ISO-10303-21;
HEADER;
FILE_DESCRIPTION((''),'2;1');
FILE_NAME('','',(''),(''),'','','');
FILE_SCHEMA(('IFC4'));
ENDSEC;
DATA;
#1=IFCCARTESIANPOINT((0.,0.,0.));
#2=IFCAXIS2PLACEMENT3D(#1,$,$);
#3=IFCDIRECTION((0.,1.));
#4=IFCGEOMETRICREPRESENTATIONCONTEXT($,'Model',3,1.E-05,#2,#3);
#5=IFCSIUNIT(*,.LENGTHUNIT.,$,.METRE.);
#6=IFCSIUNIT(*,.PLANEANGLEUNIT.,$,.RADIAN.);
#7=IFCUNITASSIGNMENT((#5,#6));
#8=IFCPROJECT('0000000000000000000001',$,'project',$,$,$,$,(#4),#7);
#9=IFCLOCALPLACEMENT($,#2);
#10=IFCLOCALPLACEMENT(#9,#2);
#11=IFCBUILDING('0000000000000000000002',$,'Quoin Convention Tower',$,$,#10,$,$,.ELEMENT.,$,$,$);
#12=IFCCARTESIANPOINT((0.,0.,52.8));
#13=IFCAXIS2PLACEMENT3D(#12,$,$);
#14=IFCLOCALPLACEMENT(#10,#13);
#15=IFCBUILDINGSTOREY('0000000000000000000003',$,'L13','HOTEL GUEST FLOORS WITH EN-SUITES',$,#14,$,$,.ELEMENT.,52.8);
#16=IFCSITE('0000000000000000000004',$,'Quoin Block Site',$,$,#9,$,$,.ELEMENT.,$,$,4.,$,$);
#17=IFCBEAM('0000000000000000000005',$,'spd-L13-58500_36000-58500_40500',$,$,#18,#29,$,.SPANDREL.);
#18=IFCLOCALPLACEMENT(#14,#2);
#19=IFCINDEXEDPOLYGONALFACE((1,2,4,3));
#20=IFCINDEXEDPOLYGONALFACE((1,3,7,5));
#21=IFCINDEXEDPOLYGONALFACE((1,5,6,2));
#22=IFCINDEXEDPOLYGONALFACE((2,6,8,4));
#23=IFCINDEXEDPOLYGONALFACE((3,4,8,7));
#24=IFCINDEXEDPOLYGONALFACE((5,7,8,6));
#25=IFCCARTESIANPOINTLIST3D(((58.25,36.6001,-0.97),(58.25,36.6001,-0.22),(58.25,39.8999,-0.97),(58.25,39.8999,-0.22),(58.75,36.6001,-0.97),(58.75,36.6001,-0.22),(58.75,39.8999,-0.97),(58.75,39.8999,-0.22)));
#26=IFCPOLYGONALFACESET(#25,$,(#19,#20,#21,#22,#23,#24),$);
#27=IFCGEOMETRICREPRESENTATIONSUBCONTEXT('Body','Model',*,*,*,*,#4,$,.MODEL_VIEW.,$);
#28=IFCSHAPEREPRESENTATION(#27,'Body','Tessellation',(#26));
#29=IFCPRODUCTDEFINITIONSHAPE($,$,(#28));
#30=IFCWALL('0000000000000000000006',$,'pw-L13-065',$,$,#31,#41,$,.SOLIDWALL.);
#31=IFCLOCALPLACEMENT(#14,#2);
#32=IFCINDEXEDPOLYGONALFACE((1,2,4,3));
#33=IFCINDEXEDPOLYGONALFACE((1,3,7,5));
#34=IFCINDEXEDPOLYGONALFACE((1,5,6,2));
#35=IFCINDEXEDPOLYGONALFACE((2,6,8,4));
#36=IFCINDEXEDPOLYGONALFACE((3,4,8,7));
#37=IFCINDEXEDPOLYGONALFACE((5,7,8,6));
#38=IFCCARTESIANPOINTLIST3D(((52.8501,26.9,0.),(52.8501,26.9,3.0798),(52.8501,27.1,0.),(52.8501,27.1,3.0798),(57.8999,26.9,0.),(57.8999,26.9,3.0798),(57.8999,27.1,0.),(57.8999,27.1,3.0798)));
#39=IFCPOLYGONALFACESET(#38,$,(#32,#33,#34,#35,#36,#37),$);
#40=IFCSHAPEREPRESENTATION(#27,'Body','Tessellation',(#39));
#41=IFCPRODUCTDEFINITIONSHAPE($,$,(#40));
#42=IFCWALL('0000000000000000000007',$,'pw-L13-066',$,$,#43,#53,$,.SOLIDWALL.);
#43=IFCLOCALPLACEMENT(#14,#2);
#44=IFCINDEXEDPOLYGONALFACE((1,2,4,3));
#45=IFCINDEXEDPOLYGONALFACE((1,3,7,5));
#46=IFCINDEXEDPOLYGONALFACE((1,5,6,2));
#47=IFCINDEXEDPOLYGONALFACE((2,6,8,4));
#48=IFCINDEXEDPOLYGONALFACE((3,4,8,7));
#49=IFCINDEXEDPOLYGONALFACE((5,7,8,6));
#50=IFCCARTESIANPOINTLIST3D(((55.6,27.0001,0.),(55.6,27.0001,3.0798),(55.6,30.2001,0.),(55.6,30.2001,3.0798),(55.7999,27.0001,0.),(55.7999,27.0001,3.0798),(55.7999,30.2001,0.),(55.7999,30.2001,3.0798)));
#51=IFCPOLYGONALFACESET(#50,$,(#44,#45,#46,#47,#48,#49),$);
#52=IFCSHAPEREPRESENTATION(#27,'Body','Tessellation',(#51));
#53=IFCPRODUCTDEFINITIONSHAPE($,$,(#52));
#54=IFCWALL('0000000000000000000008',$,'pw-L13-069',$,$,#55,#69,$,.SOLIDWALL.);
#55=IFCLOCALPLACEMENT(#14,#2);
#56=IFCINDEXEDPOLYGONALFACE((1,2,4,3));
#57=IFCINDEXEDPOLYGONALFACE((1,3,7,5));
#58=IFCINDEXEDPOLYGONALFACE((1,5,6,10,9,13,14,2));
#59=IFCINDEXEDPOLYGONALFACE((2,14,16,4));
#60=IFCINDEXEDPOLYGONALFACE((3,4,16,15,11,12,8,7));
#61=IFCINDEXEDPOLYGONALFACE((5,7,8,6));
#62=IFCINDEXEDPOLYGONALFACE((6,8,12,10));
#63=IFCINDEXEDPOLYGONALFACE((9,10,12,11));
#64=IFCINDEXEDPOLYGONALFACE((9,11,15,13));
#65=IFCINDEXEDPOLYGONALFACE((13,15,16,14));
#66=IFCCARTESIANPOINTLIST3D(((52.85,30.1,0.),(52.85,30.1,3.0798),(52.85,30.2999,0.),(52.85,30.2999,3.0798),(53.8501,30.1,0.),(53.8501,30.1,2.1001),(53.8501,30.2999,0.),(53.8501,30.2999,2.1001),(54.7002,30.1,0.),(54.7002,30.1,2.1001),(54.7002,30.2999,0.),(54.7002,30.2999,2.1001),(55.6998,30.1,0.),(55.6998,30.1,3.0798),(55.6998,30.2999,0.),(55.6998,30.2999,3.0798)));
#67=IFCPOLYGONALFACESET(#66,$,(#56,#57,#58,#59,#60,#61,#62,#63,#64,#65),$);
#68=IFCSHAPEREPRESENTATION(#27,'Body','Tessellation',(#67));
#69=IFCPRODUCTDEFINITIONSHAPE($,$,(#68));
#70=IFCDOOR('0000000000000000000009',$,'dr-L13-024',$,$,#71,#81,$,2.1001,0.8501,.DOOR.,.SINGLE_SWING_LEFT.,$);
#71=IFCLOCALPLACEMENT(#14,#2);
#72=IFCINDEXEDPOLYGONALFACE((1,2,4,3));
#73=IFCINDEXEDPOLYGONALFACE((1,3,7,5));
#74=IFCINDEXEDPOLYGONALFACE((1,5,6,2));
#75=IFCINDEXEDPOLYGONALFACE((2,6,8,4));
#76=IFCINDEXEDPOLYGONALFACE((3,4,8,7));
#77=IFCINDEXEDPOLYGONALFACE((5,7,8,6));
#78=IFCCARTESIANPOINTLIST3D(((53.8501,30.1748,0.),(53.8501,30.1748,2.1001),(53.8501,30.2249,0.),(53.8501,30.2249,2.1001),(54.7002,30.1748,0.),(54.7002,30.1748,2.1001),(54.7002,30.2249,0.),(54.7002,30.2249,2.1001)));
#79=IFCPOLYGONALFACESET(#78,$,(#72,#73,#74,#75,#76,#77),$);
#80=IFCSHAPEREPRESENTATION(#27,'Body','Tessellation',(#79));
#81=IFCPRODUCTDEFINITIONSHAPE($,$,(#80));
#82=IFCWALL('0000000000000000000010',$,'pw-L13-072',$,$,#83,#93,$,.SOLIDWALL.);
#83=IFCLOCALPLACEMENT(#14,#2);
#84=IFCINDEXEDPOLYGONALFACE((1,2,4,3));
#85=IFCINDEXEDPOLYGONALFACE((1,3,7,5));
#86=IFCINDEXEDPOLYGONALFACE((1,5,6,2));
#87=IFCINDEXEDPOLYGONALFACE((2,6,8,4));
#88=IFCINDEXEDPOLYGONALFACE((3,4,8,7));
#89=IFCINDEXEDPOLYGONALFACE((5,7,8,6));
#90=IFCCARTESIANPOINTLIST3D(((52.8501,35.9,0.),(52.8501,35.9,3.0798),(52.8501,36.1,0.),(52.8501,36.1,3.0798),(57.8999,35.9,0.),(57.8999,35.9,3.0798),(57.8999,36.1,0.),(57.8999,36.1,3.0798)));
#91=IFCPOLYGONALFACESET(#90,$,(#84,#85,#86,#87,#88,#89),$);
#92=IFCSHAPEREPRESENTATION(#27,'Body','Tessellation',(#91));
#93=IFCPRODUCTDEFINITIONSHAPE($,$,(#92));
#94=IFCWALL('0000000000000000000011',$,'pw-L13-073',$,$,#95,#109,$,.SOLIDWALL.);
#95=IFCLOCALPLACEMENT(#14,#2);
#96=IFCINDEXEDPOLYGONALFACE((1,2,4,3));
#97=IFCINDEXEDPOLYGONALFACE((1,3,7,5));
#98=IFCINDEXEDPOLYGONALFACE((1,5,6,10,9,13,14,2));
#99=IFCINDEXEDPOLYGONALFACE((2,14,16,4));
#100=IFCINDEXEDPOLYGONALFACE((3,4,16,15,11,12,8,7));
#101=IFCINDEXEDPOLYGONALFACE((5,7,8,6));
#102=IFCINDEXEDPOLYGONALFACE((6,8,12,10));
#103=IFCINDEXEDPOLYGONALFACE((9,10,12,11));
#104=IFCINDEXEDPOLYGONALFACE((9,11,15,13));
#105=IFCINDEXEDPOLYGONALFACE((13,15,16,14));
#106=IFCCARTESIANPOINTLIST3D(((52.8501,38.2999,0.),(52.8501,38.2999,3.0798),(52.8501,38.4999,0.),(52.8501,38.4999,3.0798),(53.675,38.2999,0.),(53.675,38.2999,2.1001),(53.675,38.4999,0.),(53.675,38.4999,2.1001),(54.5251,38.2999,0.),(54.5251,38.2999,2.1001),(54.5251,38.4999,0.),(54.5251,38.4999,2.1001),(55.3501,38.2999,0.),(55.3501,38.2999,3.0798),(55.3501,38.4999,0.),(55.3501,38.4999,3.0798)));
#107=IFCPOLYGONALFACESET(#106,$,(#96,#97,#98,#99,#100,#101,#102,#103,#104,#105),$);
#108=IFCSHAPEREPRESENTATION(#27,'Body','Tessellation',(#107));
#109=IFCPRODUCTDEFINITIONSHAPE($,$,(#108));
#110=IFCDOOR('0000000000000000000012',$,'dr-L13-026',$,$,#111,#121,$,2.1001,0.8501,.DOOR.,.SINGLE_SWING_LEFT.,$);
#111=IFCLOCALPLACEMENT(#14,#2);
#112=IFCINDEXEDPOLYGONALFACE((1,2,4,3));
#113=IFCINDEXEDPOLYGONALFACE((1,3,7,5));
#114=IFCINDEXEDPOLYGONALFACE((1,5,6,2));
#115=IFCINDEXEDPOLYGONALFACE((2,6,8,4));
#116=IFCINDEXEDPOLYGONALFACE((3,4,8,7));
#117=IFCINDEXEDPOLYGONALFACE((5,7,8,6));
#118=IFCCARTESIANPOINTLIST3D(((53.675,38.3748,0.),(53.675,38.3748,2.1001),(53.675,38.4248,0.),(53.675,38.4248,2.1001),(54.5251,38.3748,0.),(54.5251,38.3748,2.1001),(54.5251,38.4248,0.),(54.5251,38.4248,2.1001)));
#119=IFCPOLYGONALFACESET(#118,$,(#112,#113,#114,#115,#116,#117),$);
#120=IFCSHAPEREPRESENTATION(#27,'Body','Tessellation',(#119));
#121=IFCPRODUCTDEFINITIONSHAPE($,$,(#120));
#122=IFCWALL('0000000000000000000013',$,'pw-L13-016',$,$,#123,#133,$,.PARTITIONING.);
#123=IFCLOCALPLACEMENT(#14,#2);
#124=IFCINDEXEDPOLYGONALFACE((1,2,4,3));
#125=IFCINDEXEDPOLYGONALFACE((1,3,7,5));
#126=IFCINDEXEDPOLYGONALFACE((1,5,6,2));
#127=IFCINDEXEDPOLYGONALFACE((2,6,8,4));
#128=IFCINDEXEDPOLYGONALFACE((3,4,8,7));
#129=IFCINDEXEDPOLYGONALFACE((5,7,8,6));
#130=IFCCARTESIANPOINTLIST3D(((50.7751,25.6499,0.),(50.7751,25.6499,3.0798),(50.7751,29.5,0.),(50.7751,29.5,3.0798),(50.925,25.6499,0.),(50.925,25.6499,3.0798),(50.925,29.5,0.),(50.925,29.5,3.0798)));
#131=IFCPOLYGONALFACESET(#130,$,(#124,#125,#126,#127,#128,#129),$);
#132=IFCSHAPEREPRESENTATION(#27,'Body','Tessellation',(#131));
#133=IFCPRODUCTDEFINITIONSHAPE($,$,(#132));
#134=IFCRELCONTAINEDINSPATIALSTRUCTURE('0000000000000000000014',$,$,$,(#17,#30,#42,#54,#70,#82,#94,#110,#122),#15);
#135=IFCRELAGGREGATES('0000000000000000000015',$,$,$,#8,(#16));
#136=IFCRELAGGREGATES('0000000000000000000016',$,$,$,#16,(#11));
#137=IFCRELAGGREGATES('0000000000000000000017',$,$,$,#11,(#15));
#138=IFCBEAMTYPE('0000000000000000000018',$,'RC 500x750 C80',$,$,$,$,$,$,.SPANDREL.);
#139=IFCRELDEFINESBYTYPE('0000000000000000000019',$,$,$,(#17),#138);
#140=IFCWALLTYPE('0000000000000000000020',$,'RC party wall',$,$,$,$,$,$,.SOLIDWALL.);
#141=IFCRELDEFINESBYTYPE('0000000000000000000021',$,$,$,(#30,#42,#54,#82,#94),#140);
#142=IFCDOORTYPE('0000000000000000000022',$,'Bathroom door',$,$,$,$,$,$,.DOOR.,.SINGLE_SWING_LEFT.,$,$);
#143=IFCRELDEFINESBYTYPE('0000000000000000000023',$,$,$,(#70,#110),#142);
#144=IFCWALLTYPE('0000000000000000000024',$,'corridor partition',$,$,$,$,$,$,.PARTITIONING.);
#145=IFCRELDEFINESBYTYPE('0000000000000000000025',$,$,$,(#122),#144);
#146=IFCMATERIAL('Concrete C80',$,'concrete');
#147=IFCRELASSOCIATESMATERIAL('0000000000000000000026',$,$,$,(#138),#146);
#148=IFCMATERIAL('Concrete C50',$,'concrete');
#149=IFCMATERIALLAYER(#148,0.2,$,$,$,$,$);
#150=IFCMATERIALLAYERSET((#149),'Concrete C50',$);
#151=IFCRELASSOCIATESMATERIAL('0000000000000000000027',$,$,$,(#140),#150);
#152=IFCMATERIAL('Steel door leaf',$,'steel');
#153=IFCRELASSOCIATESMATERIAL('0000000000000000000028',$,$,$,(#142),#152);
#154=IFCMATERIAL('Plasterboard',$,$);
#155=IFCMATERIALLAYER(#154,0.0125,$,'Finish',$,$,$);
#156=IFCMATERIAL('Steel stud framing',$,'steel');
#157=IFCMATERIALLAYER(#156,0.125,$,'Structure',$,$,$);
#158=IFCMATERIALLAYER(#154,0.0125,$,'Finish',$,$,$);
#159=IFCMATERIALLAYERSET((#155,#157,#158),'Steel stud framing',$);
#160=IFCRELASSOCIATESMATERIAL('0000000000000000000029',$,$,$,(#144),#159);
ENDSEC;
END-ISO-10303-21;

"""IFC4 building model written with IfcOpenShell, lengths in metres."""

from ifc_helpers import new_model, si_unit, direction, frame, frame_2d, origin, origin_2d, place, context, subcontext, project, spatial, rectangle, extrude, material, layer, layer_set, material_profile, profile_set, type_object, element, fill, save


model = new_model("IFC4")

# Units and contexts
model_context = context("Model", 3, precision=1e-05, world=origin(), true_north=direction((0.0, 1.0)))
body_context = subcontext(model_context, "Body", "Model", "MODEL_VIEW")
ifc_project = project(units=[si_unit("LENGTHUNIT", "METRE"), si_unit("PLANEANGLEUNIT", "RADIAN")], contexts=[model_context])

# Site, building, storey
site_placement = place(None, origin())
site = spatial("IfcSite", under=ifc_project, at=site_placement, Name="Quoin Block Site", CompositionType="ELEMENT", RefElevation=4.0)
building_placement = place(site_placement, origin())
building = spatial("IfcBuilding", under=site, at=building_placement, Name="Quoin Convention Tower", CompositionType="ELEMENT")
storey_placement = place(building_placement, frame((0.0, 0.0, 52.8)))
storey = spatial("IfcBuildingStorey", under=building, at=storey_placement, Name="L13", Description="HOTEL GUEST FLOORS WITH EN-SUITES", CompositionType="ELEMENT", Elevation=52.8)

# Shared definitions
ifc_material_1 = material(Name="Concrete C80", Category="concrete")

# Beam
ifc_material_profile_1 = material_profile(ifc_material_1, rectangle(XDim=0.5, YDim=0.75, at=origin_2d()), Name="RC 500x750")
ifc_profile_set_1 = profile_set([ifc_material_profile_1], Name="Concrete C80")
beam_type = type_object("IfcBeamType", Name="RC 500x750 C80", PredefinedType="SPANDREL", material=ifc_profile_set_1)
for number, where, z_axis, x_axis, name in (
    (1, (58.5, 36.6001, -0.595), (0.0, 1.0, 0.0), (-1.0, 0.0, 0.0), "spd-L13-58500_36000-58500_40500"),
):
    element("IfcBeam", number, at=place(storey_placement, frame(where, z_axis=z_axis, x_axis=x_axis)), inside=storey, type_object=beam_type, Name=name, PredefinedType="SPANDREL", context=body_context, shape_type="SweptSolid", body=[
        extrude(rectangle(XDim=0.5, YDim=0.75, at=origin_2d()), origin(), (0.0, 0.0, 1.0), 3.2998),
    ])

# Walls
ifc_material_2 = material(Name="Concrete C50", Category="concrete")
ifc_layer_1 = layer(ifc_material_2, 0.2)
ifc_layer_set_1 = layer_set([ifc_layer_1], Name="Concrete C50")
wall_type_1 = type_object("IfcWallType", Name="RC party wall", PredefinedType="SOLIDWALL", material=ifc_layer_set_1)
wall_1_placement = place(storey_placement, frame((52.8501, 27.0, 0.0), z_axis=(0.0, 0.0, 1.0), x_axis=(1.0, 0.0, 0.0)))
element("IfcWall", 2, at=wall_1_placement, inside=storey, type_object=wall_type_1, Name="pw-L13-065", PredefinedType="SOLIDWALL", context=body_context, shape_type="SweptSolid", body=[
    extrude(rectangle(XDim=5.0498, YDim=0.2, at=frame_2d((2.5249, 0.0))), origin(), (0.0, 0.0, 1.0), 3.0798),
])
wall_2_placement = place(storey_placement, frame((55.7, 27.0, 0.0), z_axis=(0.0, 0.0, 1.0), x_axis=(0.0, 1.0, 0.0)))
element("IfcWall", 3, at=wall_2_placement, inside=storey, type_object=wall_type_1, Name="pw-L13-066", PredefinedType="SOLIDWALL", context=body_context, shape_type="SweptSolid", body=[
    extrude(rectangle(XDim=3.2, YDim=0.2, at=frame_2d((1.6001, 0.0))), origin(), (0.0, 0.0, 1.0), 3.0798),
])

# Wall, opening, door
wall_3_placement = place(storey_placement, frame((52.8501, 30.2, 0.0), z_axis=(0.0, 0.0, 1.0), x_axis=(1.0, 0.0, 0.0)))
wall_3 = element("IfcWall", 4, at=wall_3_placement, inside=storey, type_object=wall_type_1, Name="pw-L13-069", PredefinedType="SOLIDWALL", context=body_context, shape_type="SweptSolid", body=[
    extrude(rectangle(XDim=2.8499, YDim=0.2, at=frame_2d((1.4248, 0.0))), origin(), (0.0, 0.0, 1.0), 3.0798),
])
opening_1_placement = place(wall_3_placement, frame((1.0, 0.0, 0.0)))
opening_1 = element("IfcOpeningElement", 5, at=opening_1_placement, cuts=wall_3, PredefinedType="OPENING", context=body_context, shape_type="SweptSolid", body=[
    extrude(rectangle(XDim=0.8501, YDim=2.1001, at=frame_2d((0.425, 1.05))), frame((0.0, 0.1099, 0.0), z_axis=(0.0, -1.0, 0.0), x_axis=(1.0, 0.0, 0.0)), (0.0, 0.0, 1.0), 0.22),
])
ifc_material_3 = material(Name="Steel door leaf", Category="steel")
door_type = type_object("IfcDoorType", Name="Bathroom door", OperationType="SINGLE_SWING_LEFT", PredefinedType="DOOR", material=ifc_material_3)
door_1_placement = place(opening_1_placement, origin())
door_1 = element("IfcDoor", 6, at=door_1_placement, inside=storey, type_object=door_type, Name="dr-L13-024", OperationType="SINGLE_SWING_LEFT", OverallHeight=2.1001, OverallWidth=0.8501, PredefinedType="DOOR", context=body_context, shape_type="SweptSolid", body=[
    extrude(rectangle(XDim=0.8501, YDim=2.1001, at=frame_2d((0.425, 1.05))), frame((0.0, 0.0249, 0.0), z_axis=(0.0, -1.0, 0.0), x_axis=(1.0, 0.0, 0.0)), (0.0, 0.0, 1.0), 0.05),
])
fill(opening_1, door_1)

# Wall
wall_4_placement = place(storey_placement, frame((52.8501, 36.0, 0.0), z_axis=(0.0, 0.0, 1.0), x_axis=(1.0, 0.0, 0.0)))
element("IfcWall", 7, at=wall_4_placement, inside=storey, type_object=wall_type_1, Name="pw-L13-072", PredefinedType="SOLIDWALL", context=body_context, shape_type="SweptSolid", body=[
    extrude(rectangle(XDim=5.0498, YDim=0.2, at=frame_2d((2.5249, 0.0))), origin(), (0.0, 0.0, 1.0), 3.0798),
])

# Wall, opening, door
wall_5_placement = place(storey_placement, frame((52.8501, 38.3999, 0.0), z_axis=(0.0, 0.0, 1.0), x_axis=(1.0, 0.0, 0.0)))
wall_5 = element("IfcWall", 8, at=wall_5_placement, inside=storey, type_object=wall_type_1, Name="pw-L13-073", PredefinedType="SOLIDWALL", context=body_context, shape_type="SweptSolid", body=[
    extrude(rectangle(XDim=2.5, YDim=0.2, at=frame_2d((1.25, 0.0))), origin(), (0.0, 0.0, 1.0), 3.0798),
])
opening_2_placement = place(wall_5_placement, frame((0.825, 0.0, 0.0)))
opening_2 = element("IfcOpeningElement", 9, at=opening_2_placement, cuts=wall_5, PredefinedType="OPENING", context=body_context, shape_type="SweptSolid", body=[
    extrude(rectangle(XDim=0.8501, YDim=2.1001, at=frame_2d((0.425, 1.05))), frame((0.0, 0.1099, 0.0), z_axis=(0.0, -1.0, 0.0), x_axis=(1.0, 0.0, 0.0)), (0.0, 0.0, 1.0), 0.22),
])
door_2_placement = place(opening_2_placement, origin())
door_2 = element("IfcDoor", 10, at=door_2_placement, inside=storey, type_object=door_type, Name="dr-L13-026", OperationType="SINGLE_SWING_LEFT", OverallHeight=2.1001, OverallWidth=0.8501, PredefinedType="DOOR", context=body_context, shape_type="SweptSolid", body=[
    extrude(rectangle(XDim=0.8501, YDim=2.1001, at=frame_2d((0.425, 1.05))), frame((0.0, 0.0249, 0.0), z_axis=(0.0, -1.0, 0.0), x_axis=(1.0, 0.0, 0.0)), (0.0, 0.0, 1.0), 0.05),
])
fill(opening_2, door_2)

# Wall
ifc_material_4 = material(Name="Plasterboard")
ifc_layer_2 = layer(ifc_material_4, 0.0125, Name="Finish")
ifc_material_5 = material(Name="Steel stud framing", Category="steel")
ifc_layer_3 = layer(ifc_material_5, 0.125, Name="Structure")
ifc_layer_4 = layer(ifc_material_4, 0.0125, Name="Finish")
ifc_layer_set_2 = layer_set([ifc_layer_2, ifc_layer_3, ifc_layer_4], Name="Steel stud framing")
wall_type_2 = type_object("IfcWallType", Name="corridor partition", PredefinedType="PARTITIONING", material=ifc_layer_set_2)
wall_6_placement = place(storey_placement, frame((50.8501, 25.6499, 0.0), z_axis=(0.0, 0.0, 1.0), x_axis=(0.0, 1.0, 0.0)))
element("IfcWall", 11, at=wall_6_placement, inside=storey, type_object=wall_type_2, Name="pw-L13-016", PredefinedType="PARTITIONING", context=body_context, shape_type="SweptSolid", body=[
    extrude(rectangle(XDim=3.8501, YDim=0.1499, at=frame_2d((1.925, 0.0))), origin(), (0.0, 0.0, 1.0), 3.0798),
])

save(model, "model.ifc")
